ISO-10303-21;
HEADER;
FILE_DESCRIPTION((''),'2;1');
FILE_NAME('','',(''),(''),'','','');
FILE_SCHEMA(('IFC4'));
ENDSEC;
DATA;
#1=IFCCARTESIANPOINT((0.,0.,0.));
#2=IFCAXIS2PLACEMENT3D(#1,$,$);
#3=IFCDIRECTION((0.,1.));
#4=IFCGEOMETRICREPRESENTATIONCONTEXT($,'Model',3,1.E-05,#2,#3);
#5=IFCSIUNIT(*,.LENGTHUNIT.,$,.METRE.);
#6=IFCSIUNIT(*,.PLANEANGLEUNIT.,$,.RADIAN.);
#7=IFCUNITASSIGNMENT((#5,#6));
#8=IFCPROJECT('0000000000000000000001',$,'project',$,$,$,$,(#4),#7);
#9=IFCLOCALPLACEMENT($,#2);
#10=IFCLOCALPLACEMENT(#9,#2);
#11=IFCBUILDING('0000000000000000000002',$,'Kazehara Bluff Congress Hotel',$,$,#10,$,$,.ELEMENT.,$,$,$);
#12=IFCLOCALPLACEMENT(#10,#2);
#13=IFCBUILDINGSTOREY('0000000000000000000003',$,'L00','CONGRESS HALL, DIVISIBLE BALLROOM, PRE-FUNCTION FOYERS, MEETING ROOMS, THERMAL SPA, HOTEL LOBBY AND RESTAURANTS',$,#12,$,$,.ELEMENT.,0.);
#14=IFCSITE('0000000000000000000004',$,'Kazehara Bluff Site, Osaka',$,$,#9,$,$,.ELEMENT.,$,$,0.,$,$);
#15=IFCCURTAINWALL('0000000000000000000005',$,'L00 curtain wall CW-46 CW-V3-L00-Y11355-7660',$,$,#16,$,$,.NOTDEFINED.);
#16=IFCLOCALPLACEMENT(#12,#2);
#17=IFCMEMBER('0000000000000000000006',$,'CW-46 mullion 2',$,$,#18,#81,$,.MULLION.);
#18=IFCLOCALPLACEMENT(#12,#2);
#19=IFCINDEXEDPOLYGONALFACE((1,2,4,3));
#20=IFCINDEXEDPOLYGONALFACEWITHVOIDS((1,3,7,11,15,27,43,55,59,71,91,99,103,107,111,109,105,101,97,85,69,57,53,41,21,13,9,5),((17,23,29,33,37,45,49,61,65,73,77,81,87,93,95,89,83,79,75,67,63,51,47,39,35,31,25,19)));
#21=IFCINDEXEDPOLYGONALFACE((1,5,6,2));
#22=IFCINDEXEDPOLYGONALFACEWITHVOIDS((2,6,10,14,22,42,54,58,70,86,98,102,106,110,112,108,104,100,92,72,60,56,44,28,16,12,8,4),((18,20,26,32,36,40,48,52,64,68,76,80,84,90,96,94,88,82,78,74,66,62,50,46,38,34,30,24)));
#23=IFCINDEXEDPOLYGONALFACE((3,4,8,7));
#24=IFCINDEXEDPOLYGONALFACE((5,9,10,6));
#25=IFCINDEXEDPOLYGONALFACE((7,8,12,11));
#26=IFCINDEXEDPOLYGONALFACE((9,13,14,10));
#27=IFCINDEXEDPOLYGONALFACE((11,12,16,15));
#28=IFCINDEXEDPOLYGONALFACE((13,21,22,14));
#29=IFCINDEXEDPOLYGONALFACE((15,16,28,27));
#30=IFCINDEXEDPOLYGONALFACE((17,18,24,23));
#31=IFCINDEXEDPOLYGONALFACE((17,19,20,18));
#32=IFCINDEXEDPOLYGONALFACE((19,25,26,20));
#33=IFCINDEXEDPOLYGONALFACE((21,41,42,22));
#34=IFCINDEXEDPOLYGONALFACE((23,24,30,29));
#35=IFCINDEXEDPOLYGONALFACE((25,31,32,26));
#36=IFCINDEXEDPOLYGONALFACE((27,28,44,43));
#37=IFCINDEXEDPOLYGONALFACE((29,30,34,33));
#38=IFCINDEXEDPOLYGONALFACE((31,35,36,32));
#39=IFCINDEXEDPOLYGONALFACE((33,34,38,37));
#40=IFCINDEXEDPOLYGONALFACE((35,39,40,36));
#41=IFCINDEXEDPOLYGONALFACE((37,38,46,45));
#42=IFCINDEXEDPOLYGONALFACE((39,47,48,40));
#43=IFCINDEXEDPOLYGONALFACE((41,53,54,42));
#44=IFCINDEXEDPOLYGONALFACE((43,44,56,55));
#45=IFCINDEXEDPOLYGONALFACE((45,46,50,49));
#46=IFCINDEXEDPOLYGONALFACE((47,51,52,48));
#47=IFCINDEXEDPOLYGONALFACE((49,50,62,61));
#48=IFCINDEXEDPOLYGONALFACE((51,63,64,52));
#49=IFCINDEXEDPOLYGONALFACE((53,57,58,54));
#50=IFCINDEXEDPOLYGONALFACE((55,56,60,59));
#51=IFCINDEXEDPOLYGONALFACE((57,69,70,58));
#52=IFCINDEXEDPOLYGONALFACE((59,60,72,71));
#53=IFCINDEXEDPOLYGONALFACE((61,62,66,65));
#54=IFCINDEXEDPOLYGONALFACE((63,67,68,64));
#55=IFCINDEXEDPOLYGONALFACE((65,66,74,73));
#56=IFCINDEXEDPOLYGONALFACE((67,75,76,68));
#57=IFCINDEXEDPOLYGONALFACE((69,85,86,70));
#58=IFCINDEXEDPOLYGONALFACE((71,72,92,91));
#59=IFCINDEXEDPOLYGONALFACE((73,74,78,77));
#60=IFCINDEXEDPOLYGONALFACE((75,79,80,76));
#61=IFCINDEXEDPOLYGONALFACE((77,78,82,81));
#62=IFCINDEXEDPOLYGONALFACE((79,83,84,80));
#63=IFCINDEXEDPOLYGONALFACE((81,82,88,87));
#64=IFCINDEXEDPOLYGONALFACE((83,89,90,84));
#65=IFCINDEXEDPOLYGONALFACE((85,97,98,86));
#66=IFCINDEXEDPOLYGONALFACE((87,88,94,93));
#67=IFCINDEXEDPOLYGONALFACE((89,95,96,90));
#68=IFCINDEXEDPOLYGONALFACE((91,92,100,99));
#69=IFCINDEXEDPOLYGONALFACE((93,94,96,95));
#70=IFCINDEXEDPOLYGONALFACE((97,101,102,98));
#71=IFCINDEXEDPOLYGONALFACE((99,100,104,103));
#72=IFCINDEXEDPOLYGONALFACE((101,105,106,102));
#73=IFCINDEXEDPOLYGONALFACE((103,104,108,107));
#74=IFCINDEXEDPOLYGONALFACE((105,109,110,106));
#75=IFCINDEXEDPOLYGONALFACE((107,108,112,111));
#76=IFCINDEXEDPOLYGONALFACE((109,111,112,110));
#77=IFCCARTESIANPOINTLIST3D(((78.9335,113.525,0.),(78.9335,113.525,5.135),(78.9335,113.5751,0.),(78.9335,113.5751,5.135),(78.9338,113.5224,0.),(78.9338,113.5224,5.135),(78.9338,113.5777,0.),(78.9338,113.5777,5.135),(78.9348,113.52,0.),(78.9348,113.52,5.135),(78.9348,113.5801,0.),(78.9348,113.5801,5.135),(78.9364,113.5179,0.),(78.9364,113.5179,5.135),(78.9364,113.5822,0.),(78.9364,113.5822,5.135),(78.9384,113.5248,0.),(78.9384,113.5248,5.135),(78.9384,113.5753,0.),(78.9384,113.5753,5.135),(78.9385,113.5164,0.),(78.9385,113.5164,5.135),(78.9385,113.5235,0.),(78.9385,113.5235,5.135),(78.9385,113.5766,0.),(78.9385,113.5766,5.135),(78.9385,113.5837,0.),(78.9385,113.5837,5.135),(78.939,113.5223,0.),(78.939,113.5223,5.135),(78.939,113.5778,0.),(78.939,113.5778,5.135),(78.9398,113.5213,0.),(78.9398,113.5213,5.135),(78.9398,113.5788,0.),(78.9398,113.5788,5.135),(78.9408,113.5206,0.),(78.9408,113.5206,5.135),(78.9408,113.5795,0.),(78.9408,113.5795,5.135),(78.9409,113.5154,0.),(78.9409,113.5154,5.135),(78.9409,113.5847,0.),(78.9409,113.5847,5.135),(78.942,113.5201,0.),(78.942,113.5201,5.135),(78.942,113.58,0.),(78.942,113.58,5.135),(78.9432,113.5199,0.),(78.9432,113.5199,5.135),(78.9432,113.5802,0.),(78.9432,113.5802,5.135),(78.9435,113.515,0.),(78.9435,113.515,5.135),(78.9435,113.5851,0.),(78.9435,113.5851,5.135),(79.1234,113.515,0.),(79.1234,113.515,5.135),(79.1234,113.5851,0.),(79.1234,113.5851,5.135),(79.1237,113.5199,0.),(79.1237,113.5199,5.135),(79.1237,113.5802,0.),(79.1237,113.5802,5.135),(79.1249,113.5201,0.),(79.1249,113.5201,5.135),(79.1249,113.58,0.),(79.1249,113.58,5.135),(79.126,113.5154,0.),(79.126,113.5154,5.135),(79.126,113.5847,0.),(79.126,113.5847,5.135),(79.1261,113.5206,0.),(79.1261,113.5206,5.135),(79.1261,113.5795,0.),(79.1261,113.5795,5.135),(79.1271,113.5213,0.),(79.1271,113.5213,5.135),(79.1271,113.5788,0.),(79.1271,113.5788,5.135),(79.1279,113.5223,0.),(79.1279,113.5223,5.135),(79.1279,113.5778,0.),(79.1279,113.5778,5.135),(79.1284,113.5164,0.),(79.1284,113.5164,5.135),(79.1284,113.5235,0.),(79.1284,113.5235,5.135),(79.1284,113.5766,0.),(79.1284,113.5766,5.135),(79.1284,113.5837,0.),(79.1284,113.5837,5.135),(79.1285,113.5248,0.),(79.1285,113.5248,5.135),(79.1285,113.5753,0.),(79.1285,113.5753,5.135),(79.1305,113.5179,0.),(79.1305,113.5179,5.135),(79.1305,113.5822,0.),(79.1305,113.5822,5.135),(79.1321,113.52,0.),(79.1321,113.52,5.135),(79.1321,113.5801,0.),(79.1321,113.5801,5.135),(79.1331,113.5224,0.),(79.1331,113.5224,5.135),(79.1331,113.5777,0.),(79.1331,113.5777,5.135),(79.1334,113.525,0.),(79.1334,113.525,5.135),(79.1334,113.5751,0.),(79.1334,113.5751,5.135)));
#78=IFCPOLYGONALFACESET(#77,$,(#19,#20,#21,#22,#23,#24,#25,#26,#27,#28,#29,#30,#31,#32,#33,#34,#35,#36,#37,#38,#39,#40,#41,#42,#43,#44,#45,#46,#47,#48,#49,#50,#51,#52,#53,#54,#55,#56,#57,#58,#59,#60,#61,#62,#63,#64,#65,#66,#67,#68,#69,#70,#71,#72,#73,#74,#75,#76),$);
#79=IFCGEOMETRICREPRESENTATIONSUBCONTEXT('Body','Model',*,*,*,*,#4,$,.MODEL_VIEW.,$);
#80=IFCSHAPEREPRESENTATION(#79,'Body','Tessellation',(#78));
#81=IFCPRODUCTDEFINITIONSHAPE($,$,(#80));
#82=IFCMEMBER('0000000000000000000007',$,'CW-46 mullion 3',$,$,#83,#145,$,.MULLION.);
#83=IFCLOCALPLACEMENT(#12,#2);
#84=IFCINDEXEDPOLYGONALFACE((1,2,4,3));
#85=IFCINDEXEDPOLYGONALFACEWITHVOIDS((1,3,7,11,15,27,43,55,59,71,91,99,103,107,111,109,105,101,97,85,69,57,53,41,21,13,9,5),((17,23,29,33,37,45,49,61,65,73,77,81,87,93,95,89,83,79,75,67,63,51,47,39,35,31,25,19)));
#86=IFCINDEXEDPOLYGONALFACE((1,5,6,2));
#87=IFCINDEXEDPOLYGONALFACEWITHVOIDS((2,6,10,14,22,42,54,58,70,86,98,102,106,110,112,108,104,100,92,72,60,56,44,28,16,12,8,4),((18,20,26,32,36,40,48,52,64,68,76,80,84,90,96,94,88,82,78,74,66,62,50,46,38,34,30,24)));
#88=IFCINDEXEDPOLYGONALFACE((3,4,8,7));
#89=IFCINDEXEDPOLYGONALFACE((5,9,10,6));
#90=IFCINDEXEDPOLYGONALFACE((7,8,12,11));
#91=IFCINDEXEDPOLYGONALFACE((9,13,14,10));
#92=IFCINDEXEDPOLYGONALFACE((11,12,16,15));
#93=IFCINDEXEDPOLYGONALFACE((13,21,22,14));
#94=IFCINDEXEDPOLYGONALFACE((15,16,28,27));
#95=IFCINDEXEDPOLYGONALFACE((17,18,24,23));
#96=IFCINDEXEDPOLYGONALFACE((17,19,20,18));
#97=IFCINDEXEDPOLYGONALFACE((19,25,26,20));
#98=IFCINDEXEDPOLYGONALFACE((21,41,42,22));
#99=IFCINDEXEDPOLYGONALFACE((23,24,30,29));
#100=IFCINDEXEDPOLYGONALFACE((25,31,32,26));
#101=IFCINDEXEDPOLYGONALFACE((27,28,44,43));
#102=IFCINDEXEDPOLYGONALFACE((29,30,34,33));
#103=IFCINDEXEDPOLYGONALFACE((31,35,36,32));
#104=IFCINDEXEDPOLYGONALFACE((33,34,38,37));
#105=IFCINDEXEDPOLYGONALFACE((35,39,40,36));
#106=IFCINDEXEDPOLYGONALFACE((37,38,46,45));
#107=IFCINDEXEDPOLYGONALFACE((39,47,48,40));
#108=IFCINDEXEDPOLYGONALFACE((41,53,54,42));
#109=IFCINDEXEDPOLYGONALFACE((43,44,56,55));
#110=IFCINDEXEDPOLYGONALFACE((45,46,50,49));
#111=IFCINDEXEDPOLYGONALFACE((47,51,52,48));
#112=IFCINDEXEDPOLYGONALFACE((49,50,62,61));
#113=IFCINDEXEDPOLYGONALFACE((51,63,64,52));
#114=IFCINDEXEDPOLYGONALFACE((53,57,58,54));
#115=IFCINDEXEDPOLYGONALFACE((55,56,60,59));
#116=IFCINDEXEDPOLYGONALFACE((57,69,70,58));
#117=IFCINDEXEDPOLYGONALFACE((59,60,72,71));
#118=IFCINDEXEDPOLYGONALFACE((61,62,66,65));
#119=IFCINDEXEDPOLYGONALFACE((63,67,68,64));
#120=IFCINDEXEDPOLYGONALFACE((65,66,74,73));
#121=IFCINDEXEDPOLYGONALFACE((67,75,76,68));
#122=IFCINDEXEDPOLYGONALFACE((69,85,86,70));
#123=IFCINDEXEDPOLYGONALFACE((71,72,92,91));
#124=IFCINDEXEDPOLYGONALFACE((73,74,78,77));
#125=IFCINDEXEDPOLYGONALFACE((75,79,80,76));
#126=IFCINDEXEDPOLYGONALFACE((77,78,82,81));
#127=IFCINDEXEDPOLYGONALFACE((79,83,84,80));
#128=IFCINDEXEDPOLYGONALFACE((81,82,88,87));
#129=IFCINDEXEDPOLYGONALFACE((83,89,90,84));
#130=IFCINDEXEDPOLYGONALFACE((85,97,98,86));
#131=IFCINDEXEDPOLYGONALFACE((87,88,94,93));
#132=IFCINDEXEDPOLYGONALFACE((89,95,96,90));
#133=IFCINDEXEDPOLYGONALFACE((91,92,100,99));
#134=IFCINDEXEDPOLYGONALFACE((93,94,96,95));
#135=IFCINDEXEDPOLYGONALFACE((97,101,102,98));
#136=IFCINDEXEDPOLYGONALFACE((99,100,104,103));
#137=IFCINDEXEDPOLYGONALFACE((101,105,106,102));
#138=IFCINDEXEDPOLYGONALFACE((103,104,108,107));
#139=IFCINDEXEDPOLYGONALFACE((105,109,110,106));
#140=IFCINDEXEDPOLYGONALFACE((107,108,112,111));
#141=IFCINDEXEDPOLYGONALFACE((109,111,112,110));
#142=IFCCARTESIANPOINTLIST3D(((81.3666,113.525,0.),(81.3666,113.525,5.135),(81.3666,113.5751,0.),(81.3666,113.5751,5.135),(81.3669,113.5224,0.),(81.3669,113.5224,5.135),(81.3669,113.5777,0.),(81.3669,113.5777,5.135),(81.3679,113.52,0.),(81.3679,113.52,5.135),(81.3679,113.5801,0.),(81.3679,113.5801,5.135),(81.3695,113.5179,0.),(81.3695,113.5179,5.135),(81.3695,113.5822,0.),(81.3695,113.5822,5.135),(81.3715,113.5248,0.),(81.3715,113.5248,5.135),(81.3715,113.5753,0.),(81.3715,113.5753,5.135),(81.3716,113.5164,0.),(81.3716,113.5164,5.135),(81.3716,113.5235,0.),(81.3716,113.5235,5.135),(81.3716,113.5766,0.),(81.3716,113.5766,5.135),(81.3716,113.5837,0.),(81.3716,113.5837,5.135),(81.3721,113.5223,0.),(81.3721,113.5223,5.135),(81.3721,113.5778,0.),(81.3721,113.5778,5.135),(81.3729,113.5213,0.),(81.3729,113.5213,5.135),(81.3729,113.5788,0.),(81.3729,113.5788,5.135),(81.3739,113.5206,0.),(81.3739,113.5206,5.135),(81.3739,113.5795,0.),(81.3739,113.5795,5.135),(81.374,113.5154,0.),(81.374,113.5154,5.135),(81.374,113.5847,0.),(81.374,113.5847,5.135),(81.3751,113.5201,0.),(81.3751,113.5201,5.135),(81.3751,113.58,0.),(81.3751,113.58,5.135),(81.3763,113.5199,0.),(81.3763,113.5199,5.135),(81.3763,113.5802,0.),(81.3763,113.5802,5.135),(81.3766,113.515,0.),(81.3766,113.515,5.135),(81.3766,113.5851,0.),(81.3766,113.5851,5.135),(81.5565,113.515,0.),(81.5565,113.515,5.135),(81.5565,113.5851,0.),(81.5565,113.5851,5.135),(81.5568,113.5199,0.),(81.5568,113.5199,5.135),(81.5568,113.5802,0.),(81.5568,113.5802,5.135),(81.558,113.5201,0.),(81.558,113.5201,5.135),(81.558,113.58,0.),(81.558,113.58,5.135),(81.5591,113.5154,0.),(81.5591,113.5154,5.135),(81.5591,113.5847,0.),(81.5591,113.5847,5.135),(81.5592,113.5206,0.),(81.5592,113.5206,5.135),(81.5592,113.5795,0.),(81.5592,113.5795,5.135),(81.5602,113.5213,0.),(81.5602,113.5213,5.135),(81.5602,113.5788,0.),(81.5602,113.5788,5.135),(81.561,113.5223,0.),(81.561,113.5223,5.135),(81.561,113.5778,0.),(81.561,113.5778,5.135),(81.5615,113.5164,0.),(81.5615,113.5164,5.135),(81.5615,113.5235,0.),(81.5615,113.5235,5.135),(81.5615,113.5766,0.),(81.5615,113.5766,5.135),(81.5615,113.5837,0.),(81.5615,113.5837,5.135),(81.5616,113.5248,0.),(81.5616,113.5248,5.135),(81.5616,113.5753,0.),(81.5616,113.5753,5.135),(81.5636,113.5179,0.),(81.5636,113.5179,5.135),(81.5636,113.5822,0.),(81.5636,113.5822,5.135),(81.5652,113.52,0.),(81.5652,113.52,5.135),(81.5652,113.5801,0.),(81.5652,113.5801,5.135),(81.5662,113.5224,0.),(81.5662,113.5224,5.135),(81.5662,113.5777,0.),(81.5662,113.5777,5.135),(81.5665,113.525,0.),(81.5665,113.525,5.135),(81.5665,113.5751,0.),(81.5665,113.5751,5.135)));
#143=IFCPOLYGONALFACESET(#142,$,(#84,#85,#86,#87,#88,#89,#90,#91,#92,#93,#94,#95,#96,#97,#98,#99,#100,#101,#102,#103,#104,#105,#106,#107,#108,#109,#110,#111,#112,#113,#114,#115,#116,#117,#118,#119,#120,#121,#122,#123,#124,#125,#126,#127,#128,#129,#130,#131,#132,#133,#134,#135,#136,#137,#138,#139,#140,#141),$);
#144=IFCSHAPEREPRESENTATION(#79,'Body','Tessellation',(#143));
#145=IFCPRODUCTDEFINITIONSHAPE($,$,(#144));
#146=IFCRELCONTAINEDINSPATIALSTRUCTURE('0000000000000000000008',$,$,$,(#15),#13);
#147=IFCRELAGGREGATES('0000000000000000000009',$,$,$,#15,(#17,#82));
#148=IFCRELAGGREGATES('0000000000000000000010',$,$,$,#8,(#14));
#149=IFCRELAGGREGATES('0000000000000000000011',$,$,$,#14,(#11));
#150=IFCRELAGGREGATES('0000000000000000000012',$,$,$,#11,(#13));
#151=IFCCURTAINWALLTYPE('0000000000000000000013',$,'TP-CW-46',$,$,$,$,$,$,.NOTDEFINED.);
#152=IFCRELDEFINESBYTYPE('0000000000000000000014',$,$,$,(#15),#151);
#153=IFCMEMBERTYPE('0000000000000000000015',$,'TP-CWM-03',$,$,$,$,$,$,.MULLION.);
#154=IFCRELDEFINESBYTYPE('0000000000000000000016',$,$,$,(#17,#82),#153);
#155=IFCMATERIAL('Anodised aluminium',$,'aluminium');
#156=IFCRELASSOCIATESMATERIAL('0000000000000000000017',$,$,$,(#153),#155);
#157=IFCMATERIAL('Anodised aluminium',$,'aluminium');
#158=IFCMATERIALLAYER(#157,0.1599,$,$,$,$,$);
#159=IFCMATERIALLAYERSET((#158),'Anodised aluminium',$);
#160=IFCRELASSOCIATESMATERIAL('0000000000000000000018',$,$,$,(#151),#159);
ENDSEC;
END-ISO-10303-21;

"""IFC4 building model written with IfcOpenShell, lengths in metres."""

from ifc_helpers import new_model, si_unit, direction, frame, origin, origin_2d, place, context, subcontext, project, spatial, hollow_rectangle, extrude, material, layer, layer_set, material_profile, profile_set, type_object, element, aggregate, save


model = new_model("IFC4")

# Units and contexts
model_context = context("Model", 3, precision=1e-05, world=origin(), true_north=direction((0.0, 1.0)))
body_context = subcontext(model_context, "Body", "Model", "MODEL_VIEW")
ifc_project = project(units=[si_unit("LENGTHUNIT", "METRE"), si_unit("PLANEANGLEUNIT", "RADIAN")], contexts=[model_context])

# Site, building, storey
site_placement = place(None, origin())
site = spatial("IfcSite", under=ifc_project, at=site_placement, Name="Kazehara Bluff Site, Osaka", CompositionType="ELEMENT", RefElevation=0.0)
building_placement = place(site_placement, origin())
building = spatial("IfcBuilding", under=site, at=building_placement, Name="Kazehara Bluff Congress Hotel", CompositionType="ELEMENT")
storey_placement = place(building_placement, origin())
storey = spatial("IfcBuildingStorey", under=building, at=storey_placement, Name="L00", Description="CONGRESS HALL, DIVISIBLE BALLROOM, PRE-FUNCTION FOYERS, MEETING ROOMS, THERMAL SPA, HOTEL LOBBY AND RESTAURANTS", CompositionType="ELEMENT", Elevation=0.0)

# Shared definitions
ifc_material_1 = material(Name="Anodised aluminium", Category="aluminium")
ifc_material_profile_1 = material_profile(ifc_material_1, hollow_rectangle(XDim=0.0701, YDim=0.2, WallThickness=0.0049, InnerFilletRadius=0.0049, OuterFilletRadius=0.01, at=origin_2d()))
ifc_profile_set_1 = profile_set([ifc_material_profile_1], Name="Anodised aluminium")
member_type_1 = type_object("IfcMemberType", Name="TP-CWM-03", PredefinedType="MULLION", material=ifc_profile_set_1)

# Curtain wall, members
ifc_material_2 = material(Name="Anodised aluminium", Category="aluminium")
ifc_layer_1 = layer(ifc_material_2, 0.1599)
ifc_layer_set_1 = layer_set([ifc_layer_1], Name="Anodised aluminium")
curtain_wall_type_1 = type_object("IfcCurtainWallType", Name="TP-CW-46", PredefinedType="NOTDEFINED", material=ifc_layer_set_1)
curtain_wall_1_placement = place(storey_placement, origin())
curtain_wall_1 = element("IfcCurtainWall", 1, at=curtain_wall_1_placement, inside=storey, type_object=curtain_wall_type_1, Name="L00 curtain wall CW-46 CW-V3-L00-Y11355-7660", PredefinedType="NOTDEFINED")
member_1_placement = place(storey_placement, frame((79.0334, 113.55, 0.0), z_axis=(0.0, 0.0, 1.0), x_axis=(0.0, 1.0, 0.0)))
member_1 = element("IfcMember", 2, at=member_1_placement, type_object=member_type_1, Name="CW-46 mullion 2", PredefinedType="MULLION", context=body_context, shape_type="SweptSolid", body=[
    extrude(hollow_rectangle(XDim=0.0701, YDim=0.2, WallThickness=0.0049, InnerFilletRadius=0.0049, OuterFilletRadius=0.01, at=origin_2d()), origin(), (0.0, 0.0, 1.0), 5.135),
])
member_2_placement = place(storey_placement, frame((81.4666, 113.55, 0.0), z_axis=(0.0, 0.0, 1.0), x_axis=(0.0, 1.0, 0.0)))
member_2 = element("IfcMember", 3, at=member_2_placement, type_object=member_type_1, Name="CW-46 mullion 3", PredefinedType="MULLION", context=body_context, shape_type="SweptSolid", body=[
    extrude(hollow_rectangle(XDim=0.0701, YDim=0.2, WallThickness=0.0049, InnerFilletRadius=0.0049, OuterFilletRadius=0.01, at=origin_2d()), origin(), (0.0, 0.0, 1.0), 5.135),
])

aggregate(curtain_wall_1, [member_1, member_2])

save(model, "model.ifc")
